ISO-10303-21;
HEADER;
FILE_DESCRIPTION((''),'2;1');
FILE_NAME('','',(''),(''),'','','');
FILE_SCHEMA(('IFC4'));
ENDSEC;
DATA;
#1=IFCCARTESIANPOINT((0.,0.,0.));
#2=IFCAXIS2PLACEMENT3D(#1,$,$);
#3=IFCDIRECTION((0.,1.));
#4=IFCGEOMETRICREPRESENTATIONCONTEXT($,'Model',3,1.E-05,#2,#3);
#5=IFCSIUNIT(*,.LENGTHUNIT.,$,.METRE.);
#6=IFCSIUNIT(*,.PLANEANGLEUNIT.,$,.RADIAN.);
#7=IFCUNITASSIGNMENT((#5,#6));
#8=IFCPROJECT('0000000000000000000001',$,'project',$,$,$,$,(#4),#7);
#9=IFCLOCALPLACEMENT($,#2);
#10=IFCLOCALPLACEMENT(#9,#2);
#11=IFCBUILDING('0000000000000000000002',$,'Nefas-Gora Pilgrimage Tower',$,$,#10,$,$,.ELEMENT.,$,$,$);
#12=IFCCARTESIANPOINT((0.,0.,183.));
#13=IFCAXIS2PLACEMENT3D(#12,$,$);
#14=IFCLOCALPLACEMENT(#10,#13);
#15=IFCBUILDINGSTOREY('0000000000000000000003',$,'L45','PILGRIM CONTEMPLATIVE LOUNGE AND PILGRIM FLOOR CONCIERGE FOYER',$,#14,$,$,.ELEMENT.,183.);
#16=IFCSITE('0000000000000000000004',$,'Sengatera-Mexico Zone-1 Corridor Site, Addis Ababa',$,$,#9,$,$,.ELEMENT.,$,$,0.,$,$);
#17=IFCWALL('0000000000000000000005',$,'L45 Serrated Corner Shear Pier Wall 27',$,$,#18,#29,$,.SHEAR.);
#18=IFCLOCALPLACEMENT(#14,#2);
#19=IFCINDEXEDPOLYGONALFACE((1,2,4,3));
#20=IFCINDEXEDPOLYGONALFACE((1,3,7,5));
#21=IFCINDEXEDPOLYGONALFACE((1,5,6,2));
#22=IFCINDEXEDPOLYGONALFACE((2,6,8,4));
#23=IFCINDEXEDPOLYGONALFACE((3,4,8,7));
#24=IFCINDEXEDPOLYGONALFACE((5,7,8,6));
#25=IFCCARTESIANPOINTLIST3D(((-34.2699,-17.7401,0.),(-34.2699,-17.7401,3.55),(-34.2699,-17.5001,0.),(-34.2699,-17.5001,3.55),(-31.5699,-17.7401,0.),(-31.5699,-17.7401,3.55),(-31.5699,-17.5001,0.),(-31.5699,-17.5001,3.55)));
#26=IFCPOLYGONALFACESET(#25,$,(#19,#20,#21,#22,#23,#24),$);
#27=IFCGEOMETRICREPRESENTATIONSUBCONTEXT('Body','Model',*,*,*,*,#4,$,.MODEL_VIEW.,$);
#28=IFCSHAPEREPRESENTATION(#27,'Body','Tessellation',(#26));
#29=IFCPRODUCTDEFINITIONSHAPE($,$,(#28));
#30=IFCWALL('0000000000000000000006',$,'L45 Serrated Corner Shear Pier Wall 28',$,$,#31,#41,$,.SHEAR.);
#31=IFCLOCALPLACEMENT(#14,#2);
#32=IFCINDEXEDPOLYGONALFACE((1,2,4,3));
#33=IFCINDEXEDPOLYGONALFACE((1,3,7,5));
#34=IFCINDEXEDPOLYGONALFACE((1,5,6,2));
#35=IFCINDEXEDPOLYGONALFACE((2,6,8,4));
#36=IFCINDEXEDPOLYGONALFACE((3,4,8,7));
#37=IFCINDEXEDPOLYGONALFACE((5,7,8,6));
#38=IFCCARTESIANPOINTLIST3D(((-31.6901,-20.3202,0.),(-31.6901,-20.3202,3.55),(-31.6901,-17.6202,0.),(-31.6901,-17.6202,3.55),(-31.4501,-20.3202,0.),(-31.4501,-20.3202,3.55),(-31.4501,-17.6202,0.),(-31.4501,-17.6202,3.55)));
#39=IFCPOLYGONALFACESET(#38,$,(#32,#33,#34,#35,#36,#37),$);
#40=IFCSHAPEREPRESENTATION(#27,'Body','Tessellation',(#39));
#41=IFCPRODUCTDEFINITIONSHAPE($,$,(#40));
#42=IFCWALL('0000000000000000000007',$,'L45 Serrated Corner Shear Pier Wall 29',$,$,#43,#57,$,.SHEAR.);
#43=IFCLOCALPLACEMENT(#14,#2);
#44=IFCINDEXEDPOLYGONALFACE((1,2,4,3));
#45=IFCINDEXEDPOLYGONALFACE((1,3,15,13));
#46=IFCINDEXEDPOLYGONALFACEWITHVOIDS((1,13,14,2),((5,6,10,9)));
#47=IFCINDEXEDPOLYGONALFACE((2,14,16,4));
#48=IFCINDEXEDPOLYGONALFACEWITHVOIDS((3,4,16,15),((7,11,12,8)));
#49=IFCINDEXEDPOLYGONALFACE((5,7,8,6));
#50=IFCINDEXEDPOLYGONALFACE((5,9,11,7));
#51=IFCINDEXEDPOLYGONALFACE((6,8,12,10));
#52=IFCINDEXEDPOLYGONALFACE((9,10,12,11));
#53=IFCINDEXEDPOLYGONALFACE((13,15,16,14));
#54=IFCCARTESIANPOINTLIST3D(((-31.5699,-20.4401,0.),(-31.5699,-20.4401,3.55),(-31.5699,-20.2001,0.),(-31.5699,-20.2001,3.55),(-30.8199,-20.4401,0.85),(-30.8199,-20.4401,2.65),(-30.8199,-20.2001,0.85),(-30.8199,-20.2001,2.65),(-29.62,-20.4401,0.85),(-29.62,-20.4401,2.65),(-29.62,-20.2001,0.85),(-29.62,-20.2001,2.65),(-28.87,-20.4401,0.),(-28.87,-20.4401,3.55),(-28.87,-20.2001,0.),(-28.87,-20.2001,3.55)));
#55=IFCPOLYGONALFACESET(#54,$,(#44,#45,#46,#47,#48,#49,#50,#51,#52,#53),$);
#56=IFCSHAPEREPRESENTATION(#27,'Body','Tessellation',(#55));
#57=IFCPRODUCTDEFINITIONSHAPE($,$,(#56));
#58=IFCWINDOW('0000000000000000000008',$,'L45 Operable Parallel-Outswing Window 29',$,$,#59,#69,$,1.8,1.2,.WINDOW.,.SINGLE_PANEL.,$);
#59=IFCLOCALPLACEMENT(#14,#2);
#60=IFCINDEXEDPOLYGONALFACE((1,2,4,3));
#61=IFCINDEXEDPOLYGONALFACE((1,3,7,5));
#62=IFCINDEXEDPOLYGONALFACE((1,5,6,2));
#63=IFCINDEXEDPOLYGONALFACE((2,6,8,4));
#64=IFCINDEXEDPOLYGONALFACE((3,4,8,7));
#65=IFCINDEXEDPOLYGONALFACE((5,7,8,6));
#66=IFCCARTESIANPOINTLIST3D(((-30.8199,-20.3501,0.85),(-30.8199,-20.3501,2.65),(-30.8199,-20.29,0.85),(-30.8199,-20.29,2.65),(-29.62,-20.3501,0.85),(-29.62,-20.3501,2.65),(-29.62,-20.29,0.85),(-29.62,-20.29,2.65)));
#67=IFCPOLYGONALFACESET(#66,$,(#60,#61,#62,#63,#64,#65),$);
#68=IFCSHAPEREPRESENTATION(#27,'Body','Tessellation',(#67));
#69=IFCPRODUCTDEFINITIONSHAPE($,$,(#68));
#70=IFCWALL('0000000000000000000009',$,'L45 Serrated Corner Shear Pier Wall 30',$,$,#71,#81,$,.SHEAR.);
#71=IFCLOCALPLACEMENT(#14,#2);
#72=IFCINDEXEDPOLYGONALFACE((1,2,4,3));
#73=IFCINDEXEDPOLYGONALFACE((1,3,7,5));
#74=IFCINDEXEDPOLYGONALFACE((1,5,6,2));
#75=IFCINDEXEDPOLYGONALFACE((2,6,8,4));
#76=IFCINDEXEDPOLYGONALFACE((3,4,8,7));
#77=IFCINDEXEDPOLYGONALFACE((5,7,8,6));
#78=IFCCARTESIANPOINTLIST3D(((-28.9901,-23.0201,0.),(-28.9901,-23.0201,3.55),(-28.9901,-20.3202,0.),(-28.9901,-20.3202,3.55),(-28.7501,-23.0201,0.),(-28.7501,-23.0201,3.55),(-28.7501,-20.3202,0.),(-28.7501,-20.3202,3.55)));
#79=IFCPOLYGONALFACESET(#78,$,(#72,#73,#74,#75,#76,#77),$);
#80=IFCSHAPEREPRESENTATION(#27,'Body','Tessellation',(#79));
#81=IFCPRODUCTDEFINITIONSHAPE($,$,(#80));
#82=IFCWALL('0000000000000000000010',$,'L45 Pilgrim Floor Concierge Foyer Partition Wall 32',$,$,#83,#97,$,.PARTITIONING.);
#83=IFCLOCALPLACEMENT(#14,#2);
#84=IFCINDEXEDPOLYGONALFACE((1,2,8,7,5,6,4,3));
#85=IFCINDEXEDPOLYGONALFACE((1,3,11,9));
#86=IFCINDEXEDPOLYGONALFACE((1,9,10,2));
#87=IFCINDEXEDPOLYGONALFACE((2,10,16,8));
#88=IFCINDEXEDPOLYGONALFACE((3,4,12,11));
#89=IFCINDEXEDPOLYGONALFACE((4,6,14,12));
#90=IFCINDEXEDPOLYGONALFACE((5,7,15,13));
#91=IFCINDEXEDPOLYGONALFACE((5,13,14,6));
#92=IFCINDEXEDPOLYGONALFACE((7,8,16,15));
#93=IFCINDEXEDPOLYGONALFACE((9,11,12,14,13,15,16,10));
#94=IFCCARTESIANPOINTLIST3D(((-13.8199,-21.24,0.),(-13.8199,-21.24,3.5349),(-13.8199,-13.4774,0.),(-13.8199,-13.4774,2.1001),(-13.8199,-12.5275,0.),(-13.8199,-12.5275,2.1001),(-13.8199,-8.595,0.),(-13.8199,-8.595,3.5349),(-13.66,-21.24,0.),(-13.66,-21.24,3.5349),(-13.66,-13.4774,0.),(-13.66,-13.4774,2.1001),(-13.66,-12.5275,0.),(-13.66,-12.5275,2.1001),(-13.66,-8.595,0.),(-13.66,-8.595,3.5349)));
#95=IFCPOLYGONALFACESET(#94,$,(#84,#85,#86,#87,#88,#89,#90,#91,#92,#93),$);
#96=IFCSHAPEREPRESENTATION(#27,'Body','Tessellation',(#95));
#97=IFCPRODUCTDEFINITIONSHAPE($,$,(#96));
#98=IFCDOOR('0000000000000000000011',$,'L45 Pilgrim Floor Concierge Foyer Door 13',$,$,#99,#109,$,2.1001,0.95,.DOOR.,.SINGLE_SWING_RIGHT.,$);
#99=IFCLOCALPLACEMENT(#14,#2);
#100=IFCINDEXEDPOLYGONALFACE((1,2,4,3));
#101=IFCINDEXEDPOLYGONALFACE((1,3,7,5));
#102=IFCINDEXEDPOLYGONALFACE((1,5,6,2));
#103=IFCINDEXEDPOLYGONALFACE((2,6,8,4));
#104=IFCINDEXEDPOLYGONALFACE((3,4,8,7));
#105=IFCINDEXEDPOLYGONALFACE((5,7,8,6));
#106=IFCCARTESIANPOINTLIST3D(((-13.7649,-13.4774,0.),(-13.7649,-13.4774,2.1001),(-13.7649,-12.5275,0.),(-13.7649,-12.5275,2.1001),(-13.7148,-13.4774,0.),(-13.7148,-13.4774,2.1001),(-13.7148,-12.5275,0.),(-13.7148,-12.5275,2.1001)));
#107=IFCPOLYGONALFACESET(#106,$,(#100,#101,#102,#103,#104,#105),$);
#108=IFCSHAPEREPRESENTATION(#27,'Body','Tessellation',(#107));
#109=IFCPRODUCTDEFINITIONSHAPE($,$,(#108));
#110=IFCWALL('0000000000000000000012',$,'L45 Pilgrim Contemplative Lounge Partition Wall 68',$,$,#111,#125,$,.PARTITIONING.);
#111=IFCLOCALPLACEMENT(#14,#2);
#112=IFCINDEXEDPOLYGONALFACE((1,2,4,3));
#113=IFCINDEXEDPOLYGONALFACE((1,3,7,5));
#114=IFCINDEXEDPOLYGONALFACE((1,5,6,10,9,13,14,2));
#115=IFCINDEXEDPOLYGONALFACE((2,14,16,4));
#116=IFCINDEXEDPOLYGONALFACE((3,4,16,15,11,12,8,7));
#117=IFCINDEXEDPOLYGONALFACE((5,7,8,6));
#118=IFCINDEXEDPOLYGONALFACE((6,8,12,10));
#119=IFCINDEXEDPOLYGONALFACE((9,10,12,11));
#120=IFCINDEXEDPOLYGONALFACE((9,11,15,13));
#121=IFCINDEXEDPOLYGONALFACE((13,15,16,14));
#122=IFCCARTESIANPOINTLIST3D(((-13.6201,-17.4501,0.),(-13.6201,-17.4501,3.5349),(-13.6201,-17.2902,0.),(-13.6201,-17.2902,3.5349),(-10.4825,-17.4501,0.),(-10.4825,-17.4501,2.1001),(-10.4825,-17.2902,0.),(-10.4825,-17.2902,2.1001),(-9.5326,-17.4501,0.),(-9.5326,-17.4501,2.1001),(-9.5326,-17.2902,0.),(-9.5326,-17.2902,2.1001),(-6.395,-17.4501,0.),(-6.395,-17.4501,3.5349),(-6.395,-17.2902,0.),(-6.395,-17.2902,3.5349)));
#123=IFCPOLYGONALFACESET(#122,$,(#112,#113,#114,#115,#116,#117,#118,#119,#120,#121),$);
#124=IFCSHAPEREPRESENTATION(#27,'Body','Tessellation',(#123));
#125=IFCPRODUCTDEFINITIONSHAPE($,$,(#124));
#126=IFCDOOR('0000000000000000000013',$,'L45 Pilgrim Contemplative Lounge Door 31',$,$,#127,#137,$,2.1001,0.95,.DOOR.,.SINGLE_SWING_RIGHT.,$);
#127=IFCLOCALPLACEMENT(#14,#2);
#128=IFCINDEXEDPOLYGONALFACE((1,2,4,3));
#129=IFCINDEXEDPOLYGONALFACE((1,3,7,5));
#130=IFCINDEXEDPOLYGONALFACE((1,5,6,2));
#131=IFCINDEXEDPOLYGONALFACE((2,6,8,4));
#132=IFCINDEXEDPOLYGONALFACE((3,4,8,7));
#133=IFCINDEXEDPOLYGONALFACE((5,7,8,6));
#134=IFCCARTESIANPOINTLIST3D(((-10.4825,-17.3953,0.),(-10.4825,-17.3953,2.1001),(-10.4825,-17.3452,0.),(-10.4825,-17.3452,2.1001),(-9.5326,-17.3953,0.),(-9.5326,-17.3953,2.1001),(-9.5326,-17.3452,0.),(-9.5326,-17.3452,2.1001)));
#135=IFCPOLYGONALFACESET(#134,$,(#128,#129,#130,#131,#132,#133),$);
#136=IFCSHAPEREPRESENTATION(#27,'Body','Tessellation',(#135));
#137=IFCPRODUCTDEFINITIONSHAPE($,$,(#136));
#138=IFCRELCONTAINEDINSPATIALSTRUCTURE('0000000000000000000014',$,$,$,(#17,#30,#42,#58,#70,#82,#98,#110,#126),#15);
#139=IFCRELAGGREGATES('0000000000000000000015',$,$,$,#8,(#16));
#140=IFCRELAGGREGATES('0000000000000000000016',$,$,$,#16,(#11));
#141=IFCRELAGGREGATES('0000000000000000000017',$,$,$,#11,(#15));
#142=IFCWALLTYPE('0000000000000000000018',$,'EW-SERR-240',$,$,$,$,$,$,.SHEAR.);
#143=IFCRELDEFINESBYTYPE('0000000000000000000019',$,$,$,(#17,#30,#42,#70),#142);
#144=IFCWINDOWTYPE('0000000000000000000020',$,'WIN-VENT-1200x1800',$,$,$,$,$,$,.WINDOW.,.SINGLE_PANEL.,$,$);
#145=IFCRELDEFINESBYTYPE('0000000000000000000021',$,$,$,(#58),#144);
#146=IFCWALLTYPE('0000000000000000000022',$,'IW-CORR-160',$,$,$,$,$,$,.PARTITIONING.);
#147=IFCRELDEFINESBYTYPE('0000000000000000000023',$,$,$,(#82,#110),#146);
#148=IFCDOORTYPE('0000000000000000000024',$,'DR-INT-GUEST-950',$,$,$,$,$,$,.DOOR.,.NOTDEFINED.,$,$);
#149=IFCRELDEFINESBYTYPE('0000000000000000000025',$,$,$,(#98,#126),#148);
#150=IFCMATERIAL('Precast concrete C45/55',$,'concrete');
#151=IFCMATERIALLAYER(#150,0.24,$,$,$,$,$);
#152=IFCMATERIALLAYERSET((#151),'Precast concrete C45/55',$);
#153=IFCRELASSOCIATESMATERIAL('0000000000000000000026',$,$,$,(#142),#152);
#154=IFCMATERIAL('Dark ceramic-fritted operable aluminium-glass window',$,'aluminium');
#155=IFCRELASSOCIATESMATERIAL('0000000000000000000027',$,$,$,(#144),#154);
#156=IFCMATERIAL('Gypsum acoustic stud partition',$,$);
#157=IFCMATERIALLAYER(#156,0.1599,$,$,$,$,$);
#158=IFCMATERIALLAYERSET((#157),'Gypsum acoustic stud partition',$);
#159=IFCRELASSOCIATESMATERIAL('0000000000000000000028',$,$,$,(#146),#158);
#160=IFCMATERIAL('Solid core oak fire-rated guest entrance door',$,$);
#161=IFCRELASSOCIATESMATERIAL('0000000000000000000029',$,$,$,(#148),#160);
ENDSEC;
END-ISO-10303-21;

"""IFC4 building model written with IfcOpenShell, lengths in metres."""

from ifc_helpers import new_model, si_unit, direction, frame, frame_2d, origin, place, context, subcontext, project, spatial, rectangle, extrude, source, transform, mapped, material, layer, layer_set, type_object, element, fill, save


model = new_model("IFC4")

# Units and contexts
model_context = context("Model", 3, precision=1e-05, world=origin(), true_north=direction((0.0, 1.0)))
body_context = subcontext(model_context, "Body", "Model", "MODEL_VIEW")
ifc_project = project(units=[si_unit("LENGTHUNIT", "METRE"), si_unit("PLANEANGLEUNIT", "RADIAN")], contexts=[model_context])

# Site, building, storey
site_placement = place(None, origin())
site = spatial("IfcSite", under=ifc_project, at=site_placement, Name="Sengatera-Mexico Zone-1 Corridor Site, Addis Ababa", CompositionType="ELEMENT", RefElevation=0.0)
building_placement = place(site_placement, origin())
building = spatial("IfcBuilding", under=site, at=building_placement, Name="Nefas-Gora Pilgrimage Tower", CompositionType="ELEMENT")
storey_placement = place(building_placement, frame((0.0, 0.0, 183.0)))
storey = spatial("IfcBuildingStorey", under=building, at=storey_placement, Name="L45", Description="PILGRIM CONTEMPLATIVE LOUNGE AND PILGRIM FLOOR CONCIERGE FOYER", CompositionType="ELEMENT", Elevation=183.0)

# Walls
ifc_material_1 = material(Name="Precast concrete C45/55", Category="concrete")
ifc_layer_1 = layer(ifc_material_1, 0.24)
ifc_layer_set_1 = layer_set([ifc_layer_1], Name="Precast concrete C45/55")
wall_type_1 = type_object("IfcWallType", Name="EW-SERR-240", PredefinedType="SHEAR", material=ifc_layer_set_1)
shared_shape_1 = source(origin(), body_context, "Body", "SweptSolid", [
    extrude(rectangle(XDim=2.7, YDim=0.24, at=frame_2d((1.3501, 0.0))), origin(), (0.0, 0.0, 1.0), 3.55),
])
for number, where, z_axis, x_axis, name in (
    (1, (-34.27, -17.6201, 0.0), (0.0, 0.0, 1.0), (1.0, 0.0, 0.0), "L45 Serrated Corner Shear Pier Wall 27"),
    (2, (-31.5701, -17.6201, 0.0), (0.0, 0.0, 1.0), (0.0, -1.0, 0.0), "L45 Serrated Corner Shear Pier Wall 28"),
):
    element("IfcWall", number, at=place(storey_placement, frame(where, z_axis=z_axis, x_axis=x_axis)), inside=storey, type_object=wall_type_1, Name=name, PredefinedType="SHEAR", context=body_context, shape_type="MappedRepresentation", body=[
        mapped(shared_shape_1, transform((0.0, 0.0, 0.0), x_axis=(1.0, 0.0, 0.0), y_axis=(0.0, 1.0, 0.0), z_axis=(0.0, 0.0, 1.0), scale=1.0)),
    ])

# Wall, opening, window
wall_1_placement = place(storey_placement, frame((-31.5701, -20.3201, 0.0), z_axis=(0.0, 0.0, 1.0), x_axis=(1.0, 0.0, 0.0)))
wall_1 = element("IfcWall", 3, at=wall_1_placement, inside=storey, type_object=wall_type_1, Name="L45 Serrated Corner Shear Pier Wall 29", PredefinedType="SHEAR", context=body_context, shape_type="MappedRepresentation", body=[
    mapped(shared_shape_1, transform((0.0, 0.0, 0.0), x_axis=(1.0, 0.0, 0.0), y_axis=(0.0, 1.0, 0.0), z_axis=(0.0, 0.0, 1.0), scale=1.0)),
])
opening_1_placement = place(wall_1_placement, frame((0.75, 0.0, 0.8501)))
opening_1 = element("IfcOpeningElement", 4, at=opening_1_placement, cuts=wall_1, PredefinedType="OPENING", context=body_context, shape_type="SweptSolid", body=[
    extrude(rectangle(XDim=1.2, YDim=1.8, at=frame_2d((0.6001, 0.8999))), frame((0.0, 0.1299, 0.0), z_axis=(0.0, -1.0, 0.0), x_axis=(1.0, 0.0, 0.0)), (0.0, 0.0, 1.0), 0.26),
])
ifc_material_2 = material(Name="Dark ceramic-fritted operable aluminium-glass window", Category="aluminium")
window_type = type_object("IfcWindowType", Name="WIN-VENT-1200x1800", PartitioningType="SINGLE_PANEL", PredefinedType="WINDOW", material=ifc_material_2)
shared_shape_2 = source(origin(), body_context, "Body", "SweptSolid", [
    extrude(rectangle(XDim=1.2, YDim=1.8, at=frame_2d((0.6001, 0.8999))), frame((0.0, 0.03, 0.0), z_axis=(0.0, -1.0, 0.0), x_axis=(1.0, 0.0, 0.0)), (0.0, 0.0, 1.0), 0.0601),
])
window_placement = place(opening_1_placement, origin())
window = element("IfcWindow", 5, at=window_placement, inside=storey, type_object=window_type, Name="L45 Operable Parallel-Outswing Window 29", OverallHeight=1.8, OverallWidth=1.2, PartitioningType="SINGLE_PANEL", PredefinedType="WINDOW", context=body_context, shape_type="MappedRepresentation", body=[
    mapped(shared_shape_2, transform((0.0, 0.0, 0.0), x_axis=(1.0, 0.0, 0.0), y_axis=(0.0, 1.0, 0.0), z_axis=(0.0, 0.0, 1.0), scale=1.0)),
])
fill(opening_1, window)

# Wall
wall_2_placement = place(storey_placement, frame((-28.8701, -20.3201, 0.0), z_axis=(0.0, 0.0, 1.0), x_axis=(0.0, -1.0, 0.0)))
element("IfcWall", 6, at=wall_2_placement, inside=storey, type_object=wall_type_1, Name="L45 Serrated Corner Shear Pier Wall 30", PredefinedType="SHEAR", context=body_context, shape_type="MappedRepresentation", body=[
    mapped(shared_shape_1, transform((0.0, 0.0, 0.0), x_axis=(1.0, 0.0, 0.0), y_axis=(0.0, 1.0, 0.0), z_axis=(0.0, 0.0, 1.0), scale=1.0)),
])

# Walls, openings, doors
ifc_material_3 = material(Name="Gypsum acoustic stud partition")
ifc_layer_2 = layer(ifc_material_3, 0.1599)
ifc_layer_set_2 = layer_set([ifc_layer_2], Name="Gypsum acoustic stud partition")
wall_type_2 = type_object("IfcWallType", Name="IW-CORR-160", PredefinedType="PARTITIONING", material=ifc_layer_set_2)
shared_shape_3 = source(origin(), body_context, "Body", "SweptSolid", [
    extrude(rectangle(XDim=12.645, YDim=0.1599, at=frame_2d((6.3225, 0.0))), origin(), (0.0, 0.0, 1.0), 3.5349),
])
wall_3_placement = place(storey_placement, frame((-13.74, -21.24, 0.0), z_axis=(0.0, 0.0, 1.0), x_axis=(0.0, 1.0, 0.0)))
wall_3 = element("IfcWall", 7, at=wall_3_placement, inside=storey, type_object=wall_type_2, Name="L45 Pilgrim Floor Concierge Foyer Partition Wall 32", PredefinedType="PARTITIONING", context=body_context, shape_type="MappedRepresentation", body=[
    mapped(shared_shape_3, transform((0.0, 0.0, 0.0), x_axis=(1.0, 0.0, 0.0), y_axis=(0.0, 1.0, 0.0), z_axis=(0.0, 0.0, 1.0), scale=1.0)),
])
opening_2_placement = place(wall_3_placement, frame((7.7625, 0.0, 0.0)))
opening_2 = element("IfcOpeningElement", 8, at=opening_2_placement, cuts=wall_3, PredefinedType="OPENING", context=body_context, shape_type="SweptSolid", body=[
    extrude(rectangle(XDim=0.95, YDim=2.1001, at=frame_2d((0.4751, 1.05))), frame((0.0, 0.0898, 0.0), z_axis=(0.0, -1.0, 0.0), x_axis=(1.0, 0.0, 0.0)), (0.0, 0.0, 1.0), 0.1799),
])
ifc_material_4 = material(Name="Solid core oak fire-rated guest entrance door")
door_type = type_object("IfcDoorType", Name="DR-INT-GUEST-950", OperationType="NOTDEFINED", PredefinedType="DOOR", material=ifc_material_4)
shared_shape_4 = source(origin(), body_context, "Body", "SweptSolid", [
    extrude(rectangle(XDim=0.95, YDim=2.1001, at=frame_2d((0.4751, 1.05))), frame((0.0, 0.0249, 0.0), z_axis=(0.0, -1.0, 0.0), x_axis=(1.0, 0.0, 0.0)), (0.0, 0.0, 1.0), 0.05),
])
door_1_placement = place(opening_2_placement, origin())
door_1 = element("IfcDoor", 9, at=door_1_placement, inside=storey, type_object=door_type, Name="L45 Pilgrim Floor Concierge Foyer Door 13", OperationType="SINGLE_SWING_RIGHT", OverallHeight=2.1001, OverallWidth=0.95, PredefinedType="DOOR", context=body_context, shape_type="MappedRepresentation", body=[
    mapped(shared_shape_4, transform((0.0, 0.0, 0.0), x_axis=(1.0, 0.0, 0.0), y_axis=(0.0, 1.0, 0.0), z_axis=(0.0, 0.0, 1.0), scale=1.0)),
])
fill(opening_2, door_1)
shared_shape_5 = source(origin(), body_context, "Body", "SweptSolid", [
    extrude(rectangle(XDim=7.2251, YDim=0.1599, at=frame_2d((3.6125, 0.0))), origin(), (0.0, 0.0, 1.0), 3.5349),
])
wall_4_placement = place(storey_placement, frame((-13.6201, -17.3701, 0.0), z_axis=(0.0, 0.0, 1.0), x_axis=(1.0, 0.0, 0.0)))
wall_4 = element("IfcWall", 10, at=wall_4_placement, inside=storey, type_object=wall_type_2, Name="L45 Pilgrim Contemplative Lounge Partition Wall 68", PredefinedType="PARTITIONING", context=body_context, shape_type="MappedRepresentation", body=[
    mapped(shared_shape_5, transform((0.0, 0.0, 0.0), x_axis=(1.0, 0.0, 0.0), y_axis=(0.0, 1.0, 0.0), z_axis=(0.0, 0.0, 1.0), scale=1.0)),
])
opening_3_placement = place(wall_4_placement, frame((3.1375, 0.0, 0.0)))
opening_3 = element("IfcOpeningElement", 11, at=opening_3_placement, cuts=wall_4, PredefinedType="OPENING", context=body_context, shape_type="SweptSolid", body=[
    extrude(rectangle(XDim=0.95, YDim=2.1001, at=frame_2d((0.4751, 1.05))), frame((0.0, 0.0898, 0.0), z_axis=(0.0, -1.0, 0.0), x_axis=(1.0, 0.0, 0.0)), (0.0, 0.0, 1.0), 0.1799),
])
door_2_placement = place(opening_3_placement, origin())
door_2 = element("IfcDoor", 12, at=door_2_placement, inside=storey, type_object=door_type, Name="L45 Pilgrim Contemplative Lounge Door 31", OperationType="SINGLE_SWING_RIGHT", OverallHeight=2.1001, OverallWidth=0.95, PredefinedType="DOOR", context=body_context, shape_type="MappedRepresentation", body=[
    mapped(shared_shape_4, transform((0.0, 0.0, 0.0), x_axis=(1.0, 0.0, 0.0), y_axis=(0.0, 1.0, 0.0), z_axis=(0.0, 0.0, 1.0), scale=1.0)),
])
fill(opening_3, door_2)

save(model, "model.ifc")
